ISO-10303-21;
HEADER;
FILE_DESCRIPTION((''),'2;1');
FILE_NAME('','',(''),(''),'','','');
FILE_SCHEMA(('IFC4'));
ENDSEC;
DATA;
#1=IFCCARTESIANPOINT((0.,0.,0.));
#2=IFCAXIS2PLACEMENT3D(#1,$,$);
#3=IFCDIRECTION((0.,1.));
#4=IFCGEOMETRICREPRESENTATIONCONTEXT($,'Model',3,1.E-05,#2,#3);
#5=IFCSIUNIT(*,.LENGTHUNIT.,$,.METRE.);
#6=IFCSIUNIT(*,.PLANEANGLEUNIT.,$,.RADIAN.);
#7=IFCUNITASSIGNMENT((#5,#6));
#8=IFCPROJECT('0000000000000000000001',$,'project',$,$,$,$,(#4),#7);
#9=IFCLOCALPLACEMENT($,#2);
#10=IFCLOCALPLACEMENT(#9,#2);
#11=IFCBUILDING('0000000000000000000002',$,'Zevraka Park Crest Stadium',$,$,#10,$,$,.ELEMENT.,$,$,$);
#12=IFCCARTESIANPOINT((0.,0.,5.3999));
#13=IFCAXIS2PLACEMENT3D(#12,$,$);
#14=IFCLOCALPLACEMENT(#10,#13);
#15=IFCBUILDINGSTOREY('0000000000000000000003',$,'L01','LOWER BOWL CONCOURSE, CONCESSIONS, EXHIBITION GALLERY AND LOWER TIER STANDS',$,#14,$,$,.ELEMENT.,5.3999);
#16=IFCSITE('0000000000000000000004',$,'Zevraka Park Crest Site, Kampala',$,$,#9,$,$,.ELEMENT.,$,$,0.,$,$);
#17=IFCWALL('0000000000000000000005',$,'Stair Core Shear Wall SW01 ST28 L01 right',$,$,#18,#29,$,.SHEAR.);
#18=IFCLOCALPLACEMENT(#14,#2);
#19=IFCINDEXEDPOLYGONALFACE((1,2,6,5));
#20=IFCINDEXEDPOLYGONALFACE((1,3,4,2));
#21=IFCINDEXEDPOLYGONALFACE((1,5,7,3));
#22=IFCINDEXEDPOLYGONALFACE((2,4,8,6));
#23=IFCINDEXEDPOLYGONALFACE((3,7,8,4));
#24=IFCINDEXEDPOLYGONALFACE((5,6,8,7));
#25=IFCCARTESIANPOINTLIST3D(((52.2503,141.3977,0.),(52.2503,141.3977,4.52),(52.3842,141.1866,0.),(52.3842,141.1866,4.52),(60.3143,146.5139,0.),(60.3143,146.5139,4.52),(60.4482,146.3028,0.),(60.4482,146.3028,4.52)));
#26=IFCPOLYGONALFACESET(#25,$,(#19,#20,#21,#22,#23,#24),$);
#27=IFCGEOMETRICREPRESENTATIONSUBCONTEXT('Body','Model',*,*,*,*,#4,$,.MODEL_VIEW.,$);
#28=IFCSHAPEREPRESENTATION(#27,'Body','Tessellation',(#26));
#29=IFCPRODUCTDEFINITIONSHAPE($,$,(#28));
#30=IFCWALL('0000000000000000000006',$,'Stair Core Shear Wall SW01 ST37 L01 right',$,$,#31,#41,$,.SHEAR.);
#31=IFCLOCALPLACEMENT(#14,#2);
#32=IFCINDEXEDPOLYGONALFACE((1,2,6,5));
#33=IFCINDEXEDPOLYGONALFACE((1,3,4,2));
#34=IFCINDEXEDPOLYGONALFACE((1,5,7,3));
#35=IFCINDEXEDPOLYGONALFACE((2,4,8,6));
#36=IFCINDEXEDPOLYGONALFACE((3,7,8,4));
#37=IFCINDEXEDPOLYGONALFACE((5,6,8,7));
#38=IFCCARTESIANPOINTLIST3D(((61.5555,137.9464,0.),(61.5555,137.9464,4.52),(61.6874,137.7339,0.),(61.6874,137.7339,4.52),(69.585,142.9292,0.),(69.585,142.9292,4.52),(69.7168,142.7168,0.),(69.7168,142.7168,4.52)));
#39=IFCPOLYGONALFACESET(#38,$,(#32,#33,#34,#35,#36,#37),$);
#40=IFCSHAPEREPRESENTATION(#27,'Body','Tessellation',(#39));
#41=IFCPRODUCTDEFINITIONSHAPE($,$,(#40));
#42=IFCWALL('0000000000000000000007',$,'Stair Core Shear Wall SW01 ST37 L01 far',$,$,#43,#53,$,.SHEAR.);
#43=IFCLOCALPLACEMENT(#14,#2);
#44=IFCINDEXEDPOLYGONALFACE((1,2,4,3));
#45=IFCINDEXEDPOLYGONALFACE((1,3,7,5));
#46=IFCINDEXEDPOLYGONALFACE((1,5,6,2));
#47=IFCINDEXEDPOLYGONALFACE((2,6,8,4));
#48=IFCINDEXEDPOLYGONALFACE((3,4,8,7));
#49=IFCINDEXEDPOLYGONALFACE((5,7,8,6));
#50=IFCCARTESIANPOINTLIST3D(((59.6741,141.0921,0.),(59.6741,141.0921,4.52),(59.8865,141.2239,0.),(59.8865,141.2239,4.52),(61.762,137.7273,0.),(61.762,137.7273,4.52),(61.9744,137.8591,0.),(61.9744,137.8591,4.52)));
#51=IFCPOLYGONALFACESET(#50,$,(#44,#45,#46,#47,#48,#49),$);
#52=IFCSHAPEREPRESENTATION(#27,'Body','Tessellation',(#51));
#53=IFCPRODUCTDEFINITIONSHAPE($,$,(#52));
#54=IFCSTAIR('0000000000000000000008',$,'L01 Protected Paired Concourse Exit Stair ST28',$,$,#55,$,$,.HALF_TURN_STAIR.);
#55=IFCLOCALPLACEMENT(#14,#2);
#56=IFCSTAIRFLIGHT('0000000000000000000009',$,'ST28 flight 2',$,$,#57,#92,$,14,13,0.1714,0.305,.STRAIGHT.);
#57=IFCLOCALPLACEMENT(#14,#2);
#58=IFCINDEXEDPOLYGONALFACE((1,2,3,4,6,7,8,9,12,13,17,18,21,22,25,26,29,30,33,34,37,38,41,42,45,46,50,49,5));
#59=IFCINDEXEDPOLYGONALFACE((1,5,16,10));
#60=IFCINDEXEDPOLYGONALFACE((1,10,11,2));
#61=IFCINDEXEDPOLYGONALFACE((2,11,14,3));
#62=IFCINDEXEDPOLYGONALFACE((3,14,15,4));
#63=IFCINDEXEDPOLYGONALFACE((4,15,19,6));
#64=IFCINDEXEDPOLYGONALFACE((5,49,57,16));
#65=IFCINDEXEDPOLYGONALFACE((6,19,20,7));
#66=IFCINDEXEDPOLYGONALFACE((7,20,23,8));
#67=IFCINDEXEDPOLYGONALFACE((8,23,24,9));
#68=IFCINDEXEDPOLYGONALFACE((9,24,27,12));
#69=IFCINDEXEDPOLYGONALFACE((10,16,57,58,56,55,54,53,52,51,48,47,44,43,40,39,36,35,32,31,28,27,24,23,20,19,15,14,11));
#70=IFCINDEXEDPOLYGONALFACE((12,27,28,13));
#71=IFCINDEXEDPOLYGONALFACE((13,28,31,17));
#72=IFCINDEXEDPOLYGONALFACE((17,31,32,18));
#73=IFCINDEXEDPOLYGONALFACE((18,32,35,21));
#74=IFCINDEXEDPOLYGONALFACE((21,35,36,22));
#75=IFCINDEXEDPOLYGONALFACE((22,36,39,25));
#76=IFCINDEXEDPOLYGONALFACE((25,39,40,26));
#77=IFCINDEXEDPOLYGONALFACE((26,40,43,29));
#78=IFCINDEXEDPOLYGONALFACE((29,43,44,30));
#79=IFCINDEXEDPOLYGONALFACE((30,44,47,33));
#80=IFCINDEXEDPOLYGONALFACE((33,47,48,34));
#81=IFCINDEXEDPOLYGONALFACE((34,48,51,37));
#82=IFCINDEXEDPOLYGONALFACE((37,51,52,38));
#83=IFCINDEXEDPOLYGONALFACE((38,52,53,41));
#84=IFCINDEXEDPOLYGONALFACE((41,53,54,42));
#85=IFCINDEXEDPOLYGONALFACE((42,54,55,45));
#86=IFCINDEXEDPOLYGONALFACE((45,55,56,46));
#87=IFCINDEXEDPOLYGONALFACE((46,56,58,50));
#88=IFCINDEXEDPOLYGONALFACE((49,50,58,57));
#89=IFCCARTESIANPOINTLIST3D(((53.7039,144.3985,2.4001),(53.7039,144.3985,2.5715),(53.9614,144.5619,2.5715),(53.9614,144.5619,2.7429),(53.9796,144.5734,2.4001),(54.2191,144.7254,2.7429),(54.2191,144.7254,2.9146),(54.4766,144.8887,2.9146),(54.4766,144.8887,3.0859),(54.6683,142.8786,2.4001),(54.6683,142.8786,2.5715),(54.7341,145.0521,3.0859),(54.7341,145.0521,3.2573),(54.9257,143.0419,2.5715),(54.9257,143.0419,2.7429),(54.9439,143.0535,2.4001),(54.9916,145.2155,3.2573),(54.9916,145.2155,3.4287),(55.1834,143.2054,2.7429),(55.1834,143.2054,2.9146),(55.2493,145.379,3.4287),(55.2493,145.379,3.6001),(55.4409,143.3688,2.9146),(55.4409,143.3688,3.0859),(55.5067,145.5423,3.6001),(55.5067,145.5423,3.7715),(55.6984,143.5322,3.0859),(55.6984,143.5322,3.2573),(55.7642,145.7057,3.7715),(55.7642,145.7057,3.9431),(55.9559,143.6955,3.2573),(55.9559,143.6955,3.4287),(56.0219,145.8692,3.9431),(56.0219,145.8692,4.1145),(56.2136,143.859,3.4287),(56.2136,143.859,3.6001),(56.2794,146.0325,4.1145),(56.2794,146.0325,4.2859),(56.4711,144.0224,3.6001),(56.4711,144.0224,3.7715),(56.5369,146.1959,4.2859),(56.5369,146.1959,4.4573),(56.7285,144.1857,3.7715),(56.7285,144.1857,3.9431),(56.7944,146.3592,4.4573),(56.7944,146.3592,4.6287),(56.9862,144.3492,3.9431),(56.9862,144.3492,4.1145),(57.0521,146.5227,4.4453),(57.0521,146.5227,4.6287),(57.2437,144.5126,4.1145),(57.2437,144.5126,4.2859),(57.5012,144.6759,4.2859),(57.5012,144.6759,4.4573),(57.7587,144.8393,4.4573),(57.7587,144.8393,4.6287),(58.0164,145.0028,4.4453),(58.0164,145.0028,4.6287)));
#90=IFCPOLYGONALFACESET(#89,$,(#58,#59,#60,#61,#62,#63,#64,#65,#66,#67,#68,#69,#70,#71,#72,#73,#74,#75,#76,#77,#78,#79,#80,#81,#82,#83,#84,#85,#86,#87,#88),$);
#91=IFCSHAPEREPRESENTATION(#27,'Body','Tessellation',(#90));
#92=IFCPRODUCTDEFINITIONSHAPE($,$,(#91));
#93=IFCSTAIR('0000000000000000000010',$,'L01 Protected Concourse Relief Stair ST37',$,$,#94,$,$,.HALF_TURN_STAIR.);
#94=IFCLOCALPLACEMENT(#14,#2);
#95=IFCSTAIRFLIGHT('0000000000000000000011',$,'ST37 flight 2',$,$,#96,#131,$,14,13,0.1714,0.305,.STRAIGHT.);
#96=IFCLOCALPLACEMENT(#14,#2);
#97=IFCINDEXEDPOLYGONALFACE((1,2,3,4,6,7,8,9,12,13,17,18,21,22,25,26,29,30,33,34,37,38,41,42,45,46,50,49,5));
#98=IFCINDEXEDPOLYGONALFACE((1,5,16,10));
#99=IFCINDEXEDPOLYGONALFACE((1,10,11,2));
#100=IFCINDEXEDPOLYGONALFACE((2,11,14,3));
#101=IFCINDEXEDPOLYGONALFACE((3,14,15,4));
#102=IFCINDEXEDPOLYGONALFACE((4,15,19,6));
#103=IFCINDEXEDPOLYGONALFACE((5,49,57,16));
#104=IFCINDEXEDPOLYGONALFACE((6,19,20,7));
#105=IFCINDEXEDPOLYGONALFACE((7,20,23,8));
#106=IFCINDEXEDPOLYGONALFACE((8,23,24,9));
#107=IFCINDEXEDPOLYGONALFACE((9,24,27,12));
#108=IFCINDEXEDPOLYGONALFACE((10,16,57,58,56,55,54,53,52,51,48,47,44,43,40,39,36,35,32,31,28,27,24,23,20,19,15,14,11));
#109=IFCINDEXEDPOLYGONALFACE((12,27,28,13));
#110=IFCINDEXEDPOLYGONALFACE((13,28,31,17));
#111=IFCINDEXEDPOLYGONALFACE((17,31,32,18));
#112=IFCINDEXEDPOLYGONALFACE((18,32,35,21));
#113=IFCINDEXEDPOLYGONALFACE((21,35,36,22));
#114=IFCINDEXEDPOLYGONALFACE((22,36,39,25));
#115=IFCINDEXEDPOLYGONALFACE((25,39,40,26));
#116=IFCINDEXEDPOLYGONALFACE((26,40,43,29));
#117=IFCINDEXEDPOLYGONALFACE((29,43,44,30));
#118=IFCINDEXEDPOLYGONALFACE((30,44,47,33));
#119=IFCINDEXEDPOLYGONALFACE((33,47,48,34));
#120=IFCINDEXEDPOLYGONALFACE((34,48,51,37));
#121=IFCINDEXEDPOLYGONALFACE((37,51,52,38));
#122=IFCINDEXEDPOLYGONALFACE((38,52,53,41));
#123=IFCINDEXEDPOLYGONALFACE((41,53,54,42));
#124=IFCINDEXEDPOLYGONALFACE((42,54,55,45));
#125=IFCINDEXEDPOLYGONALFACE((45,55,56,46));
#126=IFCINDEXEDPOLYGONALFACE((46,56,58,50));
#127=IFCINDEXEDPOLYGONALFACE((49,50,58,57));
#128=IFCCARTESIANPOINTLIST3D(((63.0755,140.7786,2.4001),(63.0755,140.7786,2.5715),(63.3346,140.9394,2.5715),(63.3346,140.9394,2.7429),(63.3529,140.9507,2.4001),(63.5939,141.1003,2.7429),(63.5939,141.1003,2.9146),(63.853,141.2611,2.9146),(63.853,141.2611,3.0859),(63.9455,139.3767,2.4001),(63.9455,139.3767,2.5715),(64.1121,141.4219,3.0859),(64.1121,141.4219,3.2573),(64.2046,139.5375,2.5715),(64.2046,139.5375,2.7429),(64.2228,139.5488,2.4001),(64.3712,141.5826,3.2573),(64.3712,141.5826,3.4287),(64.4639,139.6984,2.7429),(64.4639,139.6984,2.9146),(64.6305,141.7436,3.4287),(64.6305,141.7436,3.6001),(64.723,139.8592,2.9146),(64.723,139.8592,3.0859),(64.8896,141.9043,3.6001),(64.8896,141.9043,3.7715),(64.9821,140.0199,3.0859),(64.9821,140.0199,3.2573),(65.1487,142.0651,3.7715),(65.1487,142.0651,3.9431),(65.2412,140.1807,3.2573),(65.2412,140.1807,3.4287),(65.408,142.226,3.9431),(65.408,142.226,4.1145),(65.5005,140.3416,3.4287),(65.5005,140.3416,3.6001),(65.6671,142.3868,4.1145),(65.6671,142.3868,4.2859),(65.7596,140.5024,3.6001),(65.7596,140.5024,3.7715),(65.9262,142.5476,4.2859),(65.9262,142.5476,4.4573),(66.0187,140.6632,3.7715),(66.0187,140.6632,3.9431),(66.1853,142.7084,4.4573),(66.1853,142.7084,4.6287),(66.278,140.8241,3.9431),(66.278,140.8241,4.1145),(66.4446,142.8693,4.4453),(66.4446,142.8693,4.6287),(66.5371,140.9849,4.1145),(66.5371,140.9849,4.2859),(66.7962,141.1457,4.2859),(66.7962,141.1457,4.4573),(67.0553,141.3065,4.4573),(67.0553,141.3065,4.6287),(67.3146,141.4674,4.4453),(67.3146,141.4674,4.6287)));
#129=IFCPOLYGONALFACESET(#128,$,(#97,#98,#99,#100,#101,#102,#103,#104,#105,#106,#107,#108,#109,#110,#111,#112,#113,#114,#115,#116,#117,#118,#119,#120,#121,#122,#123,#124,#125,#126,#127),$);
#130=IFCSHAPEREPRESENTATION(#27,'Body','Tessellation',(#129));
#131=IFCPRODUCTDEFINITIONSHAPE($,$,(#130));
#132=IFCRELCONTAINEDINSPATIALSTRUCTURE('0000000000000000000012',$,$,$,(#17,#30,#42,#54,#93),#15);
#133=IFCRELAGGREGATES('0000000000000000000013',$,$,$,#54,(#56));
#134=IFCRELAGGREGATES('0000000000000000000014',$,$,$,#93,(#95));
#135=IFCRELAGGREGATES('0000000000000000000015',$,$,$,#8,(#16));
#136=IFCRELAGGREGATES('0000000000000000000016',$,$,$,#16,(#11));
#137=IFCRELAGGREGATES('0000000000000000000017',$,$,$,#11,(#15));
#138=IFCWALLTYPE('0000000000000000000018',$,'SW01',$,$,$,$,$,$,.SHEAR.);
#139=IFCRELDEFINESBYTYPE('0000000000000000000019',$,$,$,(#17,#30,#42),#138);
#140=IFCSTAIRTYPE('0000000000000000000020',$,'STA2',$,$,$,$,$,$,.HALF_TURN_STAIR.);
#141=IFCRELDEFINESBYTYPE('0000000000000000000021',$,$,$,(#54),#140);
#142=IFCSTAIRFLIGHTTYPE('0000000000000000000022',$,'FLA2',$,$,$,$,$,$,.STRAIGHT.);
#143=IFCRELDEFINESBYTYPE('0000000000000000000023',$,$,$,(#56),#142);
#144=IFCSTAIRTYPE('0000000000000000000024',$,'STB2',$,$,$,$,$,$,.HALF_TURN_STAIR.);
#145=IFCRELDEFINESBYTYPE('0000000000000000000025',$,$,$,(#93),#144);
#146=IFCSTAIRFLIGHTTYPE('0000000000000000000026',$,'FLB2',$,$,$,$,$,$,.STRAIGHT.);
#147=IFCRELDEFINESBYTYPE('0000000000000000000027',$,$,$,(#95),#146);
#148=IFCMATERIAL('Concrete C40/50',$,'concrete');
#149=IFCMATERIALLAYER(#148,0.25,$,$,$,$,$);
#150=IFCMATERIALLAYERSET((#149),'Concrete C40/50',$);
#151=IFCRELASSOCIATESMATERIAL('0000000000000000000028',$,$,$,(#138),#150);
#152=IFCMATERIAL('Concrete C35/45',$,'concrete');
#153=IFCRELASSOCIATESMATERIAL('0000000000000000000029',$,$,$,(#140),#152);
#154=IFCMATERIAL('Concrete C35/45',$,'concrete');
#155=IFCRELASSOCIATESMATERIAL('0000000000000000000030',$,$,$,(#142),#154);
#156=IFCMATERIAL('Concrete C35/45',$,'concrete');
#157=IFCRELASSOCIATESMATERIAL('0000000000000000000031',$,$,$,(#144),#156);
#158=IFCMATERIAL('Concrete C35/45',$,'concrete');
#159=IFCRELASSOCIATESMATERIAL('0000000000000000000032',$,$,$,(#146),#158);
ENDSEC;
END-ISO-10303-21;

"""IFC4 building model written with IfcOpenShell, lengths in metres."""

from ifc_helpers import new_model, si_unit, direction, frame, frame_2d, origin, place, context, subcontext, project, spatial, polyline, rectangle, outline, extrude, material, layer, layer_set, type_object, element, aggregate, save


model = new_model("IFC4")

# Units and contexts
model_context = context("Model", 3, precision=1e-05, world=origin(), true_north=direction((0.0, 1.0)))
body_context = subcontext(model_context, "Body", "Model", "MODEL_VIEW")
ifc_project = project(units=[si_unit("LENGTHUNIT", "METRE"), si_unit("PLANEANGLEUNIT", "RADIAN")], contexts=[model_context])

# Site, building, storey
site_placement = place(None, origin())
site = spatial("IfcSite", under=ifc_project, at=site_placement, Name="Zevraka Park Crest Site, Kampala", CompositionType="ELEMENT", RefElevation=0.0)
building_placement = place(site_placement, origin())
building = spatial("IfcBuilding", under=site, at=building_placement, Name="Zevraka Park Crest Stadium", CompositionType="ELEMENT")
storey_placement = place(building_placement, frame((0.0, 0.0, 5.3999)))
storey = spatial("IfcBuildingStorey", under=building, at=storey_placement, Name="L01", Description="LOWER BOWL CONCOURSE, CONCESSIONS, EXHIBITION GALLERY AND LOWER TIER STANDS", CompositionType="ELEMENT", Elevation=5.3999)

# Walls
ifc_material_1 = material(Name="Concrete C40/50", Category="concrete")
ifc_layer_1 = layer(ifc_material_1, 0.25)
ifc_layer_set_1 = layer_set([ifc_layer_1], Name="Concrete C40/50")
wall_type = type_object("IfcWallType", Name="SW01", PredefinedType="SHEAR", material=ifc_layer_set_1)
wall_1_placement = place(storey_placement, frame((52.3174, 141.2922, 0.0), z_axis=(0.0, 0.0, 1.0), x_axis=(0.844391, 0.535727, 0.0)))
element("IfcWall", 1, at=wall_1_placement, inside=storey, type_object=wall_type, Name="Stair Core Shear Wall SW01 ST28 L01 right", PredefinedType="SHEAR", context=body_context, shape_type="SweptSolid", body=[
    extrude(rectangle(XDim=9.55, YDim=0.25, at=frame_2d((4.7749, 0.0))), origin(), (0.0, 0.0, 1.0), 4.52),
])
wall_2_placement = place(storey_placement, frame((61.6213, 137.8401, 0.0), z_axis=(0.0, 0.0, 1.0), x_axis=(0.849685, 0.527291, 0.0)))
element("IfcWall", 2, at=wall_2_placement, inside=storey, type_object=wall_type, Name="Stair Core Shear Wall SW01 ST37 L01 right", PredefinedType="SHEAR", context=body_context, shape_type="SweptSolid", body=[
    extrude(rectangle(XDim=9.45, YDim=0.25, at=frame_2d((4.7251, 0.0))), origin(), (0.0, 0.0, 1.0), 4.52),
])
wall_3_placement = place(storey_placement, frame((59.7803, 141.158, 0.0), z_axis=(0.0, 0.0, 1.0), x_axis=(0.527258, -0.849705, 0.0)))
element("IfcWall", 3, at=wall_3_placement, inside=storey, type_object=wall_type, Name="Stair Core Shear Wall SW01 ST37 L01 far", PredefinedType="SHEAR", context=body_context, shape_type="SweptSolid", body=[
    extrude(rectangle(XDim=3.96, YDim=0.25, at=frame_2d((1.98, 0.0))), origin(), (0.0, 0.0, 1.0), 4.52),
])

# Stairs, stair flights
ifc_material_2 = material(Name="Concrete C35/45", Category="concrete")
stair_type_1 = type_object("IfcStairType", Name="STA2", PredefinedType="HALF_TURN_STAIR", material=ifc_material_2)
stair_1_placement = place(storey_placement, origin())
stair_1 = element("IfcStair", 4, at=stair_1_placement, inside=storey, type_object=stair_type_1, Name="L01 Protected Paired Concourse Exit Stair ST28", PredefinedType="HALF_TURN_STAIR")
ifc_material_3 = material(Name="Concrete C35/45", Category="concrete")
stair_flight_type_1 = type_object("IfcStairFlightType", Name="FLA2", PredefinedType="STRAIGHT", material=ifc_material_3)
stair_flight_1_placement = place(storey_placement, frame((54.186, 143.6387, 2.4001), z_axis=(0.0, 0.0, 1.0), x_axis=(0.844397, 0.535718, 0.0)))
stair_flight_1 = element("IfcStairFlight", 5, at=stair_flight_1_placement, type_object=stair_flight_type_1, Name="ST28 flight 2", NumberOfRisers=14, NumberOfTreads=13, PredefinedType="STRAIGHT", RiserHeight=0.1714, TreadLength=0.305, context=body_context, shape_type="SweptSolid", body=[
    extrude(outline(polyline([(0.0, 0.0), (0.0, 0.1714), (0.3049, 0.1714), (0.3049, 0.3428), (0.6101, 0.3428), (0.6101, 0.5144), (0.915, 0.5144), (0.915, 0.6858), (1.22, 0.6858), (1.22, 0.8572), (1.5249, 0.8572), (1.5249, 1.0286), (1.8301, 1.0286), (1.8301, 1.2), (2.135, 1.2), (2.135, 1.3713), (2.4399, 1.3713), (2.4399, 1.543), (2.7451, 1.543), (2.7451, 1.7144), (3.05, 1.7144), (3.05, 1.8857), (3.355, 1.8857), (3.355, 2.0571), (3.6599, 2.0571), (3.6599, 2.2285), (3.9651, 2.2285), (3.9651, 2.3999), (3.9651, 2.0452), (0.3264, 0.0), (0.0, 0.0)])), frame((0.0, 0.8999, 0.0), z_axis=(0.0, -1.0, 0.0), x_axis=(1.0, 0.0, 0.0)), (0.0, 0.0, 1.0), 1.8),
])
aggregate(stair_1, [stair_flight_1])
ifc_material_4 = material(Name="Concrete C35/45", Category="concrete")
stair_type_2 = type_object("IfcStairType", Name="STB2", PredefinedType="HALF_TURN_STAIR", material=ifc_material_4)
stair_2_placement = place(storey_placement, origin())
stair_2 = element("IfcStair", 6, at=stair_2_placement, inside=storey, type_object=stair_type_2, Name="L01 Protected Concourse Relief Stair ST37", PredefinedType="HALF_TURN_STAIR")
ifc_material_5 = material(Name="Concrete C35/45", Category="concrete")
stair_flight_type_2 = type_object("IfcStairFlightType", Name="FLB2", PredefinedType="STRAIGHT", material=ifc_material_5)
stair_flight_2_placement = place(storey_placement, frame((63.5105, 140.0776, 2.4001), z_axis=(0.0, 0.0, 1.0), x_axis=(0.849693, 0.527278, 0.0)))
stair_flight_2 = element("IfcStairFlight", 7, at=stair_flight_2_placement, type_object=stair_flight_type_2, Name="ST37 flight 2", NumberOfRisers=14, NumberOfTreads=13, PredefinedType="STRAIGHT", RiserHeight=0.1714, TreadLength=0.305, context=body_context, shape_type="SweptSolid", body=[
    extrude(outline(polyline([(0.0, 0.0), (0.0, 0.1714), (0.3049, 0.1714), (0.3049, 0.3428), (0.6101, 0.3428), (0.6101, 0.5144), (0.915, 0.5144), (0.915, 0.6858), (1.22, 0.6858), (1.22, 0.8572), (1.5249, 0.8572), (1.5249, 1.0286), (1.8301, 1.0286), (1.8301, 1.2), (2.135, 1.2), (2.135, 1.3713), (2.4399, 1.3713), (2.4399, 1.543), (2.7451, 1.543), (2.7451, 1.7144), (3.05, 1.7144), (3.05, 1.8857), (3.355, 1.8857), (3.355, 2.0571), (3.6599, 2.0571), (3.6599, 2.2285), (3.9651, 2.2285), (3.9651, 2.3999), (3.9651, 2.0452), (0.3264, 0.0), (0.0, 0.0)])), frame((0.0, 0.825, 0.0), z_axis=(0.0, -1.0, 0.0), x_axis=(1.0, 0.0, 0.0)), (0.0, 0.0, 1.0), 1.6499),
])
aggregate(stair_2, [stair_flight_2])

save(model, "model.ifc")
